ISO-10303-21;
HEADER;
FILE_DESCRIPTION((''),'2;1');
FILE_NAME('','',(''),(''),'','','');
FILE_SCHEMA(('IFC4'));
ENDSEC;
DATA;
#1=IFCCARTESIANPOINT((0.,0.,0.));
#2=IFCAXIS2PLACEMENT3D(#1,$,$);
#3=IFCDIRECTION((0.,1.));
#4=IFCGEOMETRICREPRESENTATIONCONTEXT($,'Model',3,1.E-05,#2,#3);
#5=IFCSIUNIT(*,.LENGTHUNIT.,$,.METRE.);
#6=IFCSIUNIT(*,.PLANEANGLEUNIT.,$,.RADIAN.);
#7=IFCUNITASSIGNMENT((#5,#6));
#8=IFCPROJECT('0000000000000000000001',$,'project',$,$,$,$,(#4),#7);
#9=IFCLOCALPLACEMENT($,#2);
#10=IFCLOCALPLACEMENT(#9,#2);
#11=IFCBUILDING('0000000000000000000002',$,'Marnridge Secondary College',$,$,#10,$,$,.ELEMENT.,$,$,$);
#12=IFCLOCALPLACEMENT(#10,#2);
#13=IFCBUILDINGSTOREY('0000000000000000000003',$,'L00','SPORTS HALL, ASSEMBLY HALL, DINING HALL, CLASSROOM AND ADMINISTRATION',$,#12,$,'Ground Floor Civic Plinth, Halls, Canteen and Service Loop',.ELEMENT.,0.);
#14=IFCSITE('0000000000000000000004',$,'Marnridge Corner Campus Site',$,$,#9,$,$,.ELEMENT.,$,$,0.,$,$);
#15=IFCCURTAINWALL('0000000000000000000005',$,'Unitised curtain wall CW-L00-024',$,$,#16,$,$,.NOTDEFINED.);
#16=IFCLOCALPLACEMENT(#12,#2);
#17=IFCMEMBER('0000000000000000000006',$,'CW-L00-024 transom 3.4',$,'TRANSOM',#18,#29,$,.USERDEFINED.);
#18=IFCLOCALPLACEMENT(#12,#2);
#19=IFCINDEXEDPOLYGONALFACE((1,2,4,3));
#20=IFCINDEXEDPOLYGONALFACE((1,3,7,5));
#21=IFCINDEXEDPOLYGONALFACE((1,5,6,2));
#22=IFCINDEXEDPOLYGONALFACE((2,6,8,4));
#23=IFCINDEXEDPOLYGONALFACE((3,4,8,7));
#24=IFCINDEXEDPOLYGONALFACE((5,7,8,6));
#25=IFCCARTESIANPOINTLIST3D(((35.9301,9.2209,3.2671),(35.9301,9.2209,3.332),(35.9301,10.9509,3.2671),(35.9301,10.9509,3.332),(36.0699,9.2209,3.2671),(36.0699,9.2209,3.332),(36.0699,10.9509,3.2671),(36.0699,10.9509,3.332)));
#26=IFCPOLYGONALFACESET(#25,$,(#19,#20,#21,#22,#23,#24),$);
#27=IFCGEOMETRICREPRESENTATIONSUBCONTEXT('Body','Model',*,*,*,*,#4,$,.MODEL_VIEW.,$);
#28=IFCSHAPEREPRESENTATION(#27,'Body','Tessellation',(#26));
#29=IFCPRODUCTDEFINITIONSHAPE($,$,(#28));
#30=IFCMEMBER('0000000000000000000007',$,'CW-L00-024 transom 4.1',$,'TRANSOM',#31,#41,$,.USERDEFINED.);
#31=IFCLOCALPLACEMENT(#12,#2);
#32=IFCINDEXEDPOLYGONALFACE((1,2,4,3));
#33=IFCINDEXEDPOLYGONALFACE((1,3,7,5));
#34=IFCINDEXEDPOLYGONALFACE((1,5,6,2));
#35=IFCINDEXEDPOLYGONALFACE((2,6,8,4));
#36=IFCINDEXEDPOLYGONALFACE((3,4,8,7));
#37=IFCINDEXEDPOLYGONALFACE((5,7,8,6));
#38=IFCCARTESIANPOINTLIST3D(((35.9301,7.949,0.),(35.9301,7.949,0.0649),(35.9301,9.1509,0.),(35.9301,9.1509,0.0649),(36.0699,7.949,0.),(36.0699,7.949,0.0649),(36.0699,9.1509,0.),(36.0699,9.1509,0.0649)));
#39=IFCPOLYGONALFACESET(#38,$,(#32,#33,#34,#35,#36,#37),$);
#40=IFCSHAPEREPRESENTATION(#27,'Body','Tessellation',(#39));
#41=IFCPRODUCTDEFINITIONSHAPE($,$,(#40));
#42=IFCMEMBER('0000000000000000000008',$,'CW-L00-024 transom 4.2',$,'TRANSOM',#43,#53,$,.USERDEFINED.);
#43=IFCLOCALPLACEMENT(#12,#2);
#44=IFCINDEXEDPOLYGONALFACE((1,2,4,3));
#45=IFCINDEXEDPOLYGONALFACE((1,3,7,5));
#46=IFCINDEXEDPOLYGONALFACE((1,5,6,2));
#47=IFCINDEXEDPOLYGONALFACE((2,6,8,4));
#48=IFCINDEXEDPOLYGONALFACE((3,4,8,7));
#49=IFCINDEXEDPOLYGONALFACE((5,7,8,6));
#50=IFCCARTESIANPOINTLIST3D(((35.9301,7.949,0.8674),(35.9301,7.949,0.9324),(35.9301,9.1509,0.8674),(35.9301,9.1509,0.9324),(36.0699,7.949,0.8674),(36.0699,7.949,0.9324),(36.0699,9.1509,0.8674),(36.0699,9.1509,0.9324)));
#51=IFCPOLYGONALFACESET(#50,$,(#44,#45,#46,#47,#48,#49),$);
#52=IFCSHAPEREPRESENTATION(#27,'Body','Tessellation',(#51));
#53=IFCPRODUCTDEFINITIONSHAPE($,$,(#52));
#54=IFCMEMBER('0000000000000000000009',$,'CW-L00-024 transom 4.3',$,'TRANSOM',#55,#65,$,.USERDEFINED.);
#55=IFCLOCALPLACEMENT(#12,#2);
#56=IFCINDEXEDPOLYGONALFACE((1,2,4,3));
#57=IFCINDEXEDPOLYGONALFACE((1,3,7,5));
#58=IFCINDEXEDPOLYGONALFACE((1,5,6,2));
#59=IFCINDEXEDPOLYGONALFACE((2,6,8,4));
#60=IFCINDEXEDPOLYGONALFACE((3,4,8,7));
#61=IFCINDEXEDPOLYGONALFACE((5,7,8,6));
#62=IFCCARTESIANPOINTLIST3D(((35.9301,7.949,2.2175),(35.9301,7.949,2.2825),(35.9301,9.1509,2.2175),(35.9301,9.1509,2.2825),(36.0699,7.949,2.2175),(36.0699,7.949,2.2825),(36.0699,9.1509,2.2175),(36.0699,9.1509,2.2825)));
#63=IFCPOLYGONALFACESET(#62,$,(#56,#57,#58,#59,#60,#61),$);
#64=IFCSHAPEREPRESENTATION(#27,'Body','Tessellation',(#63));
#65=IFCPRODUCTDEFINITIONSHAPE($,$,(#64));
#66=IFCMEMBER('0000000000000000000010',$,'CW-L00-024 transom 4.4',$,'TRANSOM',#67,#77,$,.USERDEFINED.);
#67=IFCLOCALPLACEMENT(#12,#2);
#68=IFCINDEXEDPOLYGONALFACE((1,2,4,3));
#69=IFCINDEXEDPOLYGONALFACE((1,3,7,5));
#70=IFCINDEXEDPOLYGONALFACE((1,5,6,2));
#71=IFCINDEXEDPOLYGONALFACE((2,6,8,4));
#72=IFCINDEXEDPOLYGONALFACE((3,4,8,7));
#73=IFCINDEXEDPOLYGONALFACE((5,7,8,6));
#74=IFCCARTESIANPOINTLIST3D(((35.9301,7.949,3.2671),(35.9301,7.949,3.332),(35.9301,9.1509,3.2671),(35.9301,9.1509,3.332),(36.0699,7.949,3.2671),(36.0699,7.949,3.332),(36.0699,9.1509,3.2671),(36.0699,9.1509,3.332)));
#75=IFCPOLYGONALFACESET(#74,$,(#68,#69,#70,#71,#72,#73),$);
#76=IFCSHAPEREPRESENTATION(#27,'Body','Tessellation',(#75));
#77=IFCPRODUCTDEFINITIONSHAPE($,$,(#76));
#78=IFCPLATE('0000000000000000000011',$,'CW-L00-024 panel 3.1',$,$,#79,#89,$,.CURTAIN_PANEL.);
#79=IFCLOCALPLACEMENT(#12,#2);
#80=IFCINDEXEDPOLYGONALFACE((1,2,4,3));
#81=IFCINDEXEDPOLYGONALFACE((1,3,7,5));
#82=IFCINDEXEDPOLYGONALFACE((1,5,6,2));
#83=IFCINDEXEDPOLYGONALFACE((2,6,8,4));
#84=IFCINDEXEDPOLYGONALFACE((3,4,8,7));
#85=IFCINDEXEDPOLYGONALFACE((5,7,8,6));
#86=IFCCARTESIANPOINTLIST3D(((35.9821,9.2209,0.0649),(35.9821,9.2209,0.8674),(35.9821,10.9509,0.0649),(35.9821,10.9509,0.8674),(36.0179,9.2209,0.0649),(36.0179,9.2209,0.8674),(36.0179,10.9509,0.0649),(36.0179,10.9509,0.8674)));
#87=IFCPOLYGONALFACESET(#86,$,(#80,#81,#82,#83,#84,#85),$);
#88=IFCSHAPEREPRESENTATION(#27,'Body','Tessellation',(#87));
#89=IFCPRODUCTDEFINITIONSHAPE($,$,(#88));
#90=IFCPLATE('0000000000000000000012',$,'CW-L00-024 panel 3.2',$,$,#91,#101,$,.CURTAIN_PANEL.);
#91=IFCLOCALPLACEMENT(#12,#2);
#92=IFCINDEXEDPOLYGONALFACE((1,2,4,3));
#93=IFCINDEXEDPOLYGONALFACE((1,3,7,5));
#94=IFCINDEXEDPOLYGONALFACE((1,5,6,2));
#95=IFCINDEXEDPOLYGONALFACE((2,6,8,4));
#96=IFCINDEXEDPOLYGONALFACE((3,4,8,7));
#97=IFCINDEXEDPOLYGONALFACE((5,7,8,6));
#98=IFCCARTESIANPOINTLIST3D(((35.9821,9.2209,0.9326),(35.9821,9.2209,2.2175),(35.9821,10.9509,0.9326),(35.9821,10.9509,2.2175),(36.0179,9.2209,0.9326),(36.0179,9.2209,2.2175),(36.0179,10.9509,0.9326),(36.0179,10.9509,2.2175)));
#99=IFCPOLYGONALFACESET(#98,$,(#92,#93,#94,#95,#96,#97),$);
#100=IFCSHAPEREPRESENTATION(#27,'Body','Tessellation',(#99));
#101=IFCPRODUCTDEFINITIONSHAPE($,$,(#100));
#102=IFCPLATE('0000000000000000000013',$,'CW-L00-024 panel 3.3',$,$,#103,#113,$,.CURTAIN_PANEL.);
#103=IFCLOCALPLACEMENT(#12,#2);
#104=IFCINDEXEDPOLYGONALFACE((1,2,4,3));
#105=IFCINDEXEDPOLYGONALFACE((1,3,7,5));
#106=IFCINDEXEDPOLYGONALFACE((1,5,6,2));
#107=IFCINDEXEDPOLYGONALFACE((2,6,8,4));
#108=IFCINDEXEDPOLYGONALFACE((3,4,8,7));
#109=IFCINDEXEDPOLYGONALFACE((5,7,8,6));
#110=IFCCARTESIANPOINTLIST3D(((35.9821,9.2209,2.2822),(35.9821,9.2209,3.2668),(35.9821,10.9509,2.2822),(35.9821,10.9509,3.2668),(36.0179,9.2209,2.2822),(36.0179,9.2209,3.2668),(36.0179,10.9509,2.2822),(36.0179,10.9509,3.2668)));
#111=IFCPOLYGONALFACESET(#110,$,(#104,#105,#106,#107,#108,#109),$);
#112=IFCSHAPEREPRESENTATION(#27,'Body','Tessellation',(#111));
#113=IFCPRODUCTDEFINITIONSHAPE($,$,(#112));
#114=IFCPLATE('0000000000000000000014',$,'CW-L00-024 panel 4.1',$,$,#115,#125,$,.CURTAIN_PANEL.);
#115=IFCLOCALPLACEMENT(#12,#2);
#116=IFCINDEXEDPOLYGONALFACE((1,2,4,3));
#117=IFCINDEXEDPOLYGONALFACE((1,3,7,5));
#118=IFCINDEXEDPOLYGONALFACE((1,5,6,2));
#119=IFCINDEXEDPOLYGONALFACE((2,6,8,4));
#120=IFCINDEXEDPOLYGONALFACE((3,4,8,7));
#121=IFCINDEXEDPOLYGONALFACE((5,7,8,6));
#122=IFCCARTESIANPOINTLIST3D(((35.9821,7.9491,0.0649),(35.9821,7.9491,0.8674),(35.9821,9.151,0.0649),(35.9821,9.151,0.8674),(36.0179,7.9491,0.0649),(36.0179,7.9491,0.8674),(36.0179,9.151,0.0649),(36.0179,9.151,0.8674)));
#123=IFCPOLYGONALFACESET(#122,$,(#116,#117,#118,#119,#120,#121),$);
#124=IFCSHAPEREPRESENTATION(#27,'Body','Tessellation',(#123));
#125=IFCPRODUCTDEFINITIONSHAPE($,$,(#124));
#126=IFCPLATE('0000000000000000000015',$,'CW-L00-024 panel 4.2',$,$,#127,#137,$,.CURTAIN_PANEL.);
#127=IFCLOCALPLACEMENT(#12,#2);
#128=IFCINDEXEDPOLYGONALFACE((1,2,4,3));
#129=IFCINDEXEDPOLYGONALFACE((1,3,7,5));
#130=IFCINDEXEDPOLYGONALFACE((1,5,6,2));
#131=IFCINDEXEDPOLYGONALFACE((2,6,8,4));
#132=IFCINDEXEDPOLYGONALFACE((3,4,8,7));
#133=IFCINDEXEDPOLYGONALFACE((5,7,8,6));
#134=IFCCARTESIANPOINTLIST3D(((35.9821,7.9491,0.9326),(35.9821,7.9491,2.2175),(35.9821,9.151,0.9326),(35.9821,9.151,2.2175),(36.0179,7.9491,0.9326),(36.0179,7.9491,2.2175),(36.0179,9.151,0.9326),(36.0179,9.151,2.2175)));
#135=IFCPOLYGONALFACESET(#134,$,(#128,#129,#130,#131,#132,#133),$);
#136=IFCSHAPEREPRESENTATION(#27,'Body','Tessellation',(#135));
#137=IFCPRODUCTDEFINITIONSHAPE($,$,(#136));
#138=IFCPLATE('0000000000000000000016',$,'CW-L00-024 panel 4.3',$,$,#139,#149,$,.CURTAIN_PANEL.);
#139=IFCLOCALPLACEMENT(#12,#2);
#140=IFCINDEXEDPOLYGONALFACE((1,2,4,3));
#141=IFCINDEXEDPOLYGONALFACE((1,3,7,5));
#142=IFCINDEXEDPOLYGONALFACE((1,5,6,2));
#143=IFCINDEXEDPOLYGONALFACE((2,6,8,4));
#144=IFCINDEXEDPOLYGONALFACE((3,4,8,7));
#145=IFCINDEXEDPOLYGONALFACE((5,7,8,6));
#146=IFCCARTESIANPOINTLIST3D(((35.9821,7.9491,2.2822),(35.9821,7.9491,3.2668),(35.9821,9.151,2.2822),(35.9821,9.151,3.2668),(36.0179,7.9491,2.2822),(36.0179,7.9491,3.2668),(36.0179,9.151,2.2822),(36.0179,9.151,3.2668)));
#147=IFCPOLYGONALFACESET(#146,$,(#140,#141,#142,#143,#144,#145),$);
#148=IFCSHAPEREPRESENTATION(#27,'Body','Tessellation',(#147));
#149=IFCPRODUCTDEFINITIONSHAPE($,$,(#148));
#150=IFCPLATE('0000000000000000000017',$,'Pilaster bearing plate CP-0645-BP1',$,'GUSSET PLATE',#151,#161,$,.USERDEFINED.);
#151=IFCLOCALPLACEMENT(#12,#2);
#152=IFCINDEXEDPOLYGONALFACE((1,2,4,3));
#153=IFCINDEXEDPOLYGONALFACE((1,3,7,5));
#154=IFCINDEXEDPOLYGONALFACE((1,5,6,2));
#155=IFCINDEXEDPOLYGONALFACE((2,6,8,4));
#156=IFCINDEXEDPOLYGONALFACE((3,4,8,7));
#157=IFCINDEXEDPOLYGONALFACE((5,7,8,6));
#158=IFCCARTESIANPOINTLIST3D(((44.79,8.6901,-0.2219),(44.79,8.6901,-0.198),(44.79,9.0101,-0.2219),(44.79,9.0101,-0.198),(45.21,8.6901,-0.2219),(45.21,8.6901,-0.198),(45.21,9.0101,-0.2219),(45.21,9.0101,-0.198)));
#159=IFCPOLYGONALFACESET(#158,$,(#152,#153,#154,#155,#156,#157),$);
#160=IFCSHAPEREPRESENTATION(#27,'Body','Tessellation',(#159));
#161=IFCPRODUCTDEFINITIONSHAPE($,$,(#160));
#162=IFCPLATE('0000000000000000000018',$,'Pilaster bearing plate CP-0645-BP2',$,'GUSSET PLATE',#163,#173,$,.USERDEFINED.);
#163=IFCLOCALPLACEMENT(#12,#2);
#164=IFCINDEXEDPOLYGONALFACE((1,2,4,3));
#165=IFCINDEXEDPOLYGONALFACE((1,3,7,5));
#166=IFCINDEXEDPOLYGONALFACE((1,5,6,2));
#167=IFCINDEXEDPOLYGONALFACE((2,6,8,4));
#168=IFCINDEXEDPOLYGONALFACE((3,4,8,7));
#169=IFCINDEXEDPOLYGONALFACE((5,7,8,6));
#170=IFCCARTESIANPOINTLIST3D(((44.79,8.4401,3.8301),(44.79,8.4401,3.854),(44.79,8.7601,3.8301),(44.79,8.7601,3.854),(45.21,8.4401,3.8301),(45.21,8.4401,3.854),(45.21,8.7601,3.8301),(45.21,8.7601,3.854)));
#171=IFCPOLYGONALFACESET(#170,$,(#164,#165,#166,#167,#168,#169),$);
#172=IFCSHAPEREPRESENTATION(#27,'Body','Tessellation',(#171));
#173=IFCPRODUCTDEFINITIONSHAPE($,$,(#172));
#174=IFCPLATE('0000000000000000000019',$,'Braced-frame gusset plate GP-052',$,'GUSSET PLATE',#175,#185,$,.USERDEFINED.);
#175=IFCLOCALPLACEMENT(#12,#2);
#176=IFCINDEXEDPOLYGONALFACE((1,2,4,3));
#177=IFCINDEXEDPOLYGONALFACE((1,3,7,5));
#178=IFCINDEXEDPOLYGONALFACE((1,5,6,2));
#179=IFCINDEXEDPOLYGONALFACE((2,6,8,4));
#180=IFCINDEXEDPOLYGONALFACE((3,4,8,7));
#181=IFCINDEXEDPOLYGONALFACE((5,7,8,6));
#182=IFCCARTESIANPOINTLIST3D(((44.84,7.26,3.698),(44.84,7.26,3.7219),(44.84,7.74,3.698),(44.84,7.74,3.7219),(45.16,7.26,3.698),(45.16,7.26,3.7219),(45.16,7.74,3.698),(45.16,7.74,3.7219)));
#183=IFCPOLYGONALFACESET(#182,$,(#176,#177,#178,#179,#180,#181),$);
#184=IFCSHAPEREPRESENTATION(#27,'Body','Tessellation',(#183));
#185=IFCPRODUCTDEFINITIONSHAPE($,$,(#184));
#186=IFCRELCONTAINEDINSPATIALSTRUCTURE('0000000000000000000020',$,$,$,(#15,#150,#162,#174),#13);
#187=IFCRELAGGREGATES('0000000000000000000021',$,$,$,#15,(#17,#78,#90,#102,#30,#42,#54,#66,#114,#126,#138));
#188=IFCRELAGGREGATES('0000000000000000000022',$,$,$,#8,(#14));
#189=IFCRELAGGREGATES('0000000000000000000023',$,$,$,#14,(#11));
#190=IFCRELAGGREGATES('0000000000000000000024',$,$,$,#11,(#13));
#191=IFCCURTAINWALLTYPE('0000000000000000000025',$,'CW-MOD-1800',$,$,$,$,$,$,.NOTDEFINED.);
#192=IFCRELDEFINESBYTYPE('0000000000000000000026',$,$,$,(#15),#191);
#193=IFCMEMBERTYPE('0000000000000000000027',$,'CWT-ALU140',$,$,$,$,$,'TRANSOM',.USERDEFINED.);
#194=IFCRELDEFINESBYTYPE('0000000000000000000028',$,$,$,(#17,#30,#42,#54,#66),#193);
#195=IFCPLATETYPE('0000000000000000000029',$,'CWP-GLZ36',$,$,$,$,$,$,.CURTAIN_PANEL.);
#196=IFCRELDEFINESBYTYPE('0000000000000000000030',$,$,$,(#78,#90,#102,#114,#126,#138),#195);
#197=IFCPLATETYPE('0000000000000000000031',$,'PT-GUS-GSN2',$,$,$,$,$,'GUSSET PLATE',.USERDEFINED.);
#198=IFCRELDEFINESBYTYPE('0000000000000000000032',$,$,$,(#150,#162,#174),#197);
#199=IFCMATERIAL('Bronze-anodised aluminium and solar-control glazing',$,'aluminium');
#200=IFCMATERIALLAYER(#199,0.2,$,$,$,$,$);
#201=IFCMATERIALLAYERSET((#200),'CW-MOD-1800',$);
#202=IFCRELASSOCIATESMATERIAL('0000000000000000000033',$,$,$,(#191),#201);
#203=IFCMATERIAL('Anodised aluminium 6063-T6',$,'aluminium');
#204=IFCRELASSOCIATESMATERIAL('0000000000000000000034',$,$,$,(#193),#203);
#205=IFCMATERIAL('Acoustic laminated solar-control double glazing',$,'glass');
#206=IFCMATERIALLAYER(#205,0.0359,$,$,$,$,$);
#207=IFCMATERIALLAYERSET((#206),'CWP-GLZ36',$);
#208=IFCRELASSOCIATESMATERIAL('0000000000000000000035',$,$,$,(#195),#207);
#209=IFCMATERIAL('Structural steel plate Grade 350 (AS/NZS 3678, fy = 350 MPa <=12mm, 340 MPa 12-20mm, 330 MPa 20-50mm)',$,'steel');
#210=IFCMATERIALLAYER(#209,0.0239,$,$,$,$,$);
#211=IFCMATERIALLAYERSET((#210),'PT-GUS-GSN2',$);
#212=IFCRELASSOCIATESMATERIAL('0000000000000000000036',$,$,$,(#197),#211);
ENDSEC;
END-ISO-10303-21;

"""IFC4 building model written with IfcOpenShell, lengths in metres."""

from ifc_helpers import new_model, si_unit, direction, frame, origin, origin_2d, place, context, subcontext, project, spatial, rectangle, extrude, material, layer, layer_set, material_profile, profile_set, type_object, element, aggregate, save


model = new_model("IFC4")

# Units and contexts
model_context = context("Model", 3, precision=1e-05, world=origin(), true_north=direction((0.0, 1.0)))
body_context = subcontext(model_context, "Body", "Model", "MODEL_VIEW")
ifc_project = project(units=[si_unit("LENGTHUNIT", "METRE"), si_unit("PLANEANGLEUNIT", "RADIAN")], contexts=[model_context])

# Site, building, storey
site_placement = place(None, origin())
site = spatial("IfcSite", under=ifc_project, at=site_placement, Name="Marnridge Corner Campus Site", CompositionType="ELEMENT", RefElevation=0.0)
building_placement = place(site_placement, origin())
building = spatial("IfcBuilding", under=site, at=building_placement, Name="Marnridge Secondary College", CompositionType="ELEMENT")
storey_placement = place(building_placement, origin())
storey = spatial("IfcBuildingStorey", under=building, at=storey_placement, Name="L00", Description="SPORTS HALL, ASSEMBLY HALL, DINING HALL, CLASSROOM AND ADMINISTRATION", LongName="Ground Floor Civic Plinth, Halls, Canteen and Service Loop", CompositionType="ELEMENT", Elevation=0.0)

# Curtain wall, members, plates
ifc_material_1 = material(Name="Bronze-anodised aluminium and solar-control glazing", Category="aluminium")
ifc_layer_1 = layer(ifc_material_1, 0.2)
ifc_layer_set_1 = layer_set([ifc_layer_1], Name="CW-MOD-1800")
curtain_wall_type = type_object("IfcCurtainWallType", Name="CW-MOD-1800", PredefinedType="NOTDEFINED", material=ifc_layer_set_1)
curtain_wall_placement = place(storey_placement, origin())
curtain_wall = element("IfcCurtainWall", 1, at=curtain_wall_placement, inside=storey, type_object=curtain_wall_type, Name="Unitised curtain wall CW-L00-024", PredefinedType="NOTDEFINED")
ifc_material_2 = material(Name="Anodised aluminium 6063-T6", Category="aluminium")
ifc_material_profile_1 = material_profile(ifc_material_2, rectangle(XDim=0.0649, YDim=0.1399, at=origin_2d()), Name="ALU 65x140")
ifc_profile_set_1 = profile_set([ifc_material_profile_1], Name="Anodised aluminium 6063-T6")
member_type_1 = type_object("IfcMemberType", Name="CWT-ALU140", ElementType="TRANSOM", PredefinedType="USERDEFINED", material=ifc_profile_set_1)
member_1_placement = place(storey_placement, frame((36.0, 10.9509, 3.2996), z_axis=(0.0, -1.0, 0.0), x_axis=(0.0, 0.0, 1.0)))
member_1 = element("IfcMember", 2, at=member_1_placement, type_object=member_type_1, Name="CW-L00-024 transom 3.4", ObjectType="TRANSOM", PredefinedType="USERDEFINED", context=body_context, shape_type="SweptSolid", body=[
    extrude(rectangle(XDim=0.0649, YDim=0.1399, at=origin_2d()), origin(), (0.0, 0.0, 1.0), 1.73),
])
member_2_placement = place(storey_placement, frame((36.0, 9.1509, 0.0325), z_axis=(0.0, -1.0, 0.0), x_axis=(0.0, 0.0, 1.0)))
member_2 = element("IfcMember", 3, at=member_2_placement, type_object=member_type_1, Name="CW-L00-024 transom 4.1", ObjectType="TRANSOM", PredefinedType="USERDEFINED", context=body_context, shape_type="SweptSolid", body=[
    extrude(rectangle(XDim=0.0649, YDim=0.1399, at=origin_2d()), origin(), (0.0, 0.0, 1.0), 1.2019),
])
member_3_placement = place(storey_placement, frame((36.0, 9.1509, 0.8999), z_axis=(0.0, -1.0, 0.0), x_axis=(0.0, 0.0, 1.0)))
member_3 = element("IfcMember", 4, at=member_3_placement, type_object=member_type_1, Name="CW-L00-024 transom 4.2", ObjectType="TRANSOM", PredefinedType="USERDEFINED", context=body_context, shape_type="SweptSolid", body=[
    extrude(rectangle(XDim=0.0649, YDim=0.1399, at=origin_2d()), origin(), (0.0, 0.0, 1.0), 1.2019),
])
member_4_placement = place(storey_placement, frame((36.0, 9.1509, 2.25), z_axis=(0.0, -1.0, 0.0), x_axis=(0.0, 0.0, 1.0)))
member_4 = element("IfcMember", 5, at=member_4_placement, type_object=member_type_1, Name="CW-L00-024 transom 4.3", ObjectType="TRANSOM", PredefinedType="USERDEFINED", context=body_context, shape_type="SweptSolid", body=[
    extrude(rectangle(XDim=0.0649, YDim=0.1399, at=origin_2d()), origin(), (0.0, 0.0, 1.0), 1.2019),
])
member_5_placement = place(storey_placement, frame((36.0, 9.1509, 3.2996), z_axis=(0.0, -1.0, 0.0), x_axis=(0.0, 0.0, 1.0)))
member_5 = element("IfcMember", 6, at=member_5_placement, type_object=member_type_1, Name="CW-L00-024 transom 4.4", ObjectType="TRANSOM", PredefinedType="USERDEFINED", context=body_context, shape_type="SweptSolid", body=[
    extrude(rectangle(XDim=0.0649, YDim=0.1399, at=origin_2d()), origin(), (0.0, 0.0, 1.0), 1.2019),
])
ifc_material_3 = material(Name="Acoustic laminated solar-control double glazing", Category="glass")
ifc_layer_2 = layer(ifc_material_3, 0.0359)
ifc_layer_set_2 = layer_set([ifc_layer_2], Name="CWP-GLZ36")
plate_type_1 = type_object("IfcPlateType", Name="CWP-GLZ36", PredefinedType="CURTAIN_PANEL", material=ifc_layer_set_2)
plate_1_placement = place(storey_placement, frame((36.0, 10.0859, 0.0649), z_axis=(0.0, 0.0, 1.0), x_axis=(0.0, -1.0, 0.0)))
plate_1 = element("IfcPlate", 7, at=plate_1_placement, type_object=plate_type_1, Name="CW-L00-024 panel 3.1", PredefinedType="CURTAIN_PANEL", context=body_context, shape_type="SweptSolid", body=[
    extrude(rectangle(XDim=1.73, YDim=0.0359, at=origin_2d()), origin(), (0.0, 0.0, 1.0), 0.8025),
])
plate_2_placement = place(storey_placement, frame((36.0, 10.0859, 0.9326), z_axis=(0.0, 0.0, 1.0), x_axis=(0.0, -1.0, 0.0)))
plate_2 = element("IfcPlate", 8, at=plate_2_placement, type_object=plate_type_1, Name="CW-L00-024 panel 3.2", PredefinedType="CURTAIN_PANEL", context=body_context, shape_type="SweptSolid", body=[
    extrude(rectangle(XDim=1.73, YDim=0.0359, at=origin_2d()), origin(), (0.0, 0.0, 1.0), 1.2849),
])
plate_3_placement = place(storey_placement, frame((36.0, 10.0859, 2.2822), z_axis=(0.0, 0.0, 1.0), x_axis=(0.0, -1.0, 0.0)))
plate_3 = element("IfcPlate", 9, at=plate_3_placement, type_object=plate_type_1, Name="CW-L00-024 panel 3.3", PredefinedType="CURTAIN_PANEL", context=body_context, shape_type="SweptSolid", body=[
    extrude(rectangle(XDim=1.73, YDim=0.0359, at=origin_2d()), origin(), (0.0, 0.0, 1.0), 0.9846),
])
plate_4_placement = place(storey_placement, frame((36.0, 8.55, 0.0649), z_axis=(0.0, 0.0, 1.0), x_axis=(0.0, -1.0, 0.0)))
plate_4 = element("IfcPlate", 10, at=plate_4_placement, type_object=plate_type_1, Name="CW-L00-024 panel 4.1", PredefinedType="CURTAIN_PANEL", context=body_context, shape_type="SweptSolid", body=[
    extrude(rectangle(XDim=1.2019, YDim=0.0359, at=origin_2d()), origin(), (0.0, 0.0, 1.0), 0.8025),
])
plate_5_placement = place(storey_placement, frame((36.0, 8.55, 0.9326), z_axis=(0.0, 0.0, 1.0), x_axis=(0.0, -1.0, 0.0)))
plate_5 = element("IfcPlate", 11, at=plate_5_placement, type_object=plate_type_1, Name="CW-L00-024 panel 4.2", PredefinedType="CURTAIN_PANEL", context=body_context, shape_type="SweptSolid", body=[
    extrude(rectangle(XDim=1.2019, YDim=0.0359, at=origin_2d()), origin(), (0.0, 0.0, 1.0), 1.2849),
])
plate_6_placement = place(storey_placement, frame((36.0, 8.55, 2.2822), z_axis=(0.0, 0.0, 1.0), x_axis=(0.0, -1.0, 0.0)))
plate_6 = element("IfcPlate", 12, at=plate_6_placement, type_object=plate_type_1, Name="CW-L00-024 panel 4.3", PredefinedType="CURTAIN_PANEL", context=body_context, shape_type="SweptSolid", body=[
    extrude(rectangle(XDim=1.2019, YDim=0.0359, at=origin_2d()), origin(), (0.0, 0.0, 1.0), 0.9846),
])
aggregate(curtain_wall, [member_1, plate_1, plate_2, plate_3, member_2, member_3, member_4, member_5, plate_4, plate_5, plate_6])

# Plates
ifc_material_4 = material(Name="Structural steel plate Grade 350 (AS/NZS 3678, fy = 350 MPa <=12mm, 340 MPa 12-20mm, 330 MPa 20-50mm)", Category="steel")
ifc_layer_3 = layer(ifc_material_4, 0.0239)
ifc_layer_set_3 = layer_set([ifc_layer_3], Name="PT-GUS-GSN2")
plate_type_2 = type_object("IfcPlateType", Name="PT-GUS-GSN2", ElementType="GUSSET PLATE", PredefinedType="USERDEFINED", material=ifc_layer_set_3)
for number, where, z_axis, x_axis, name in (
    (13, (45.0, 8.8501, -0.2219), (0.0, 0.0, 1.0), (1.0, 0.0, 0.0), "Pilaster bearing plate CP-0645-BP1"),
    (14, (45.0, 8.6001, 3.8301), (0.0, 0.0, 1.0), (1.0, 0.0, 0.0), "Pilaster bearing plate CP-0645-BP2"),
):
    element("IfcPlate", number, at=place(storey_placement, frame(where, z_axis=z_axis, x_axis=x_axis)), inside=storey, type_object=plate_type_2, Name=name, ObjectType="GUSSET PLATE", PredefinedType="USERDEFINED", context=body_context, shape_type="SweptSolid", body=[
        extrude(rectangle(XDim=0.4199, YDim=0.3201, at=origin_2d()), origin(), (0.0, 0.0, 1.0), 0.0239),
    ])
plate_7_placement = place(storey_placement, frame((45.0, 7.5, 3.698), z_axis=(0.0, 0.0, 1.0), x_axis=(0.0, 1.0, 0.0)))
element("IfcPlate", 15, at=plate_7_placement, inside=storey, type_object=plate_type_2, Name="Braced-frame gusset plate GP-052", ObjectType="GUSSET PLATE", PredefinedType="USERDEFINED", context=body_context, shape_type="SweptSolid", body=[
    extrude(rectangle(XDim=0.48, YDim=0.3201, at=origin_2d()), origin(), (0.0, 0.0, 1.0), 0.0239),
])

save(model, "model.ifc")
